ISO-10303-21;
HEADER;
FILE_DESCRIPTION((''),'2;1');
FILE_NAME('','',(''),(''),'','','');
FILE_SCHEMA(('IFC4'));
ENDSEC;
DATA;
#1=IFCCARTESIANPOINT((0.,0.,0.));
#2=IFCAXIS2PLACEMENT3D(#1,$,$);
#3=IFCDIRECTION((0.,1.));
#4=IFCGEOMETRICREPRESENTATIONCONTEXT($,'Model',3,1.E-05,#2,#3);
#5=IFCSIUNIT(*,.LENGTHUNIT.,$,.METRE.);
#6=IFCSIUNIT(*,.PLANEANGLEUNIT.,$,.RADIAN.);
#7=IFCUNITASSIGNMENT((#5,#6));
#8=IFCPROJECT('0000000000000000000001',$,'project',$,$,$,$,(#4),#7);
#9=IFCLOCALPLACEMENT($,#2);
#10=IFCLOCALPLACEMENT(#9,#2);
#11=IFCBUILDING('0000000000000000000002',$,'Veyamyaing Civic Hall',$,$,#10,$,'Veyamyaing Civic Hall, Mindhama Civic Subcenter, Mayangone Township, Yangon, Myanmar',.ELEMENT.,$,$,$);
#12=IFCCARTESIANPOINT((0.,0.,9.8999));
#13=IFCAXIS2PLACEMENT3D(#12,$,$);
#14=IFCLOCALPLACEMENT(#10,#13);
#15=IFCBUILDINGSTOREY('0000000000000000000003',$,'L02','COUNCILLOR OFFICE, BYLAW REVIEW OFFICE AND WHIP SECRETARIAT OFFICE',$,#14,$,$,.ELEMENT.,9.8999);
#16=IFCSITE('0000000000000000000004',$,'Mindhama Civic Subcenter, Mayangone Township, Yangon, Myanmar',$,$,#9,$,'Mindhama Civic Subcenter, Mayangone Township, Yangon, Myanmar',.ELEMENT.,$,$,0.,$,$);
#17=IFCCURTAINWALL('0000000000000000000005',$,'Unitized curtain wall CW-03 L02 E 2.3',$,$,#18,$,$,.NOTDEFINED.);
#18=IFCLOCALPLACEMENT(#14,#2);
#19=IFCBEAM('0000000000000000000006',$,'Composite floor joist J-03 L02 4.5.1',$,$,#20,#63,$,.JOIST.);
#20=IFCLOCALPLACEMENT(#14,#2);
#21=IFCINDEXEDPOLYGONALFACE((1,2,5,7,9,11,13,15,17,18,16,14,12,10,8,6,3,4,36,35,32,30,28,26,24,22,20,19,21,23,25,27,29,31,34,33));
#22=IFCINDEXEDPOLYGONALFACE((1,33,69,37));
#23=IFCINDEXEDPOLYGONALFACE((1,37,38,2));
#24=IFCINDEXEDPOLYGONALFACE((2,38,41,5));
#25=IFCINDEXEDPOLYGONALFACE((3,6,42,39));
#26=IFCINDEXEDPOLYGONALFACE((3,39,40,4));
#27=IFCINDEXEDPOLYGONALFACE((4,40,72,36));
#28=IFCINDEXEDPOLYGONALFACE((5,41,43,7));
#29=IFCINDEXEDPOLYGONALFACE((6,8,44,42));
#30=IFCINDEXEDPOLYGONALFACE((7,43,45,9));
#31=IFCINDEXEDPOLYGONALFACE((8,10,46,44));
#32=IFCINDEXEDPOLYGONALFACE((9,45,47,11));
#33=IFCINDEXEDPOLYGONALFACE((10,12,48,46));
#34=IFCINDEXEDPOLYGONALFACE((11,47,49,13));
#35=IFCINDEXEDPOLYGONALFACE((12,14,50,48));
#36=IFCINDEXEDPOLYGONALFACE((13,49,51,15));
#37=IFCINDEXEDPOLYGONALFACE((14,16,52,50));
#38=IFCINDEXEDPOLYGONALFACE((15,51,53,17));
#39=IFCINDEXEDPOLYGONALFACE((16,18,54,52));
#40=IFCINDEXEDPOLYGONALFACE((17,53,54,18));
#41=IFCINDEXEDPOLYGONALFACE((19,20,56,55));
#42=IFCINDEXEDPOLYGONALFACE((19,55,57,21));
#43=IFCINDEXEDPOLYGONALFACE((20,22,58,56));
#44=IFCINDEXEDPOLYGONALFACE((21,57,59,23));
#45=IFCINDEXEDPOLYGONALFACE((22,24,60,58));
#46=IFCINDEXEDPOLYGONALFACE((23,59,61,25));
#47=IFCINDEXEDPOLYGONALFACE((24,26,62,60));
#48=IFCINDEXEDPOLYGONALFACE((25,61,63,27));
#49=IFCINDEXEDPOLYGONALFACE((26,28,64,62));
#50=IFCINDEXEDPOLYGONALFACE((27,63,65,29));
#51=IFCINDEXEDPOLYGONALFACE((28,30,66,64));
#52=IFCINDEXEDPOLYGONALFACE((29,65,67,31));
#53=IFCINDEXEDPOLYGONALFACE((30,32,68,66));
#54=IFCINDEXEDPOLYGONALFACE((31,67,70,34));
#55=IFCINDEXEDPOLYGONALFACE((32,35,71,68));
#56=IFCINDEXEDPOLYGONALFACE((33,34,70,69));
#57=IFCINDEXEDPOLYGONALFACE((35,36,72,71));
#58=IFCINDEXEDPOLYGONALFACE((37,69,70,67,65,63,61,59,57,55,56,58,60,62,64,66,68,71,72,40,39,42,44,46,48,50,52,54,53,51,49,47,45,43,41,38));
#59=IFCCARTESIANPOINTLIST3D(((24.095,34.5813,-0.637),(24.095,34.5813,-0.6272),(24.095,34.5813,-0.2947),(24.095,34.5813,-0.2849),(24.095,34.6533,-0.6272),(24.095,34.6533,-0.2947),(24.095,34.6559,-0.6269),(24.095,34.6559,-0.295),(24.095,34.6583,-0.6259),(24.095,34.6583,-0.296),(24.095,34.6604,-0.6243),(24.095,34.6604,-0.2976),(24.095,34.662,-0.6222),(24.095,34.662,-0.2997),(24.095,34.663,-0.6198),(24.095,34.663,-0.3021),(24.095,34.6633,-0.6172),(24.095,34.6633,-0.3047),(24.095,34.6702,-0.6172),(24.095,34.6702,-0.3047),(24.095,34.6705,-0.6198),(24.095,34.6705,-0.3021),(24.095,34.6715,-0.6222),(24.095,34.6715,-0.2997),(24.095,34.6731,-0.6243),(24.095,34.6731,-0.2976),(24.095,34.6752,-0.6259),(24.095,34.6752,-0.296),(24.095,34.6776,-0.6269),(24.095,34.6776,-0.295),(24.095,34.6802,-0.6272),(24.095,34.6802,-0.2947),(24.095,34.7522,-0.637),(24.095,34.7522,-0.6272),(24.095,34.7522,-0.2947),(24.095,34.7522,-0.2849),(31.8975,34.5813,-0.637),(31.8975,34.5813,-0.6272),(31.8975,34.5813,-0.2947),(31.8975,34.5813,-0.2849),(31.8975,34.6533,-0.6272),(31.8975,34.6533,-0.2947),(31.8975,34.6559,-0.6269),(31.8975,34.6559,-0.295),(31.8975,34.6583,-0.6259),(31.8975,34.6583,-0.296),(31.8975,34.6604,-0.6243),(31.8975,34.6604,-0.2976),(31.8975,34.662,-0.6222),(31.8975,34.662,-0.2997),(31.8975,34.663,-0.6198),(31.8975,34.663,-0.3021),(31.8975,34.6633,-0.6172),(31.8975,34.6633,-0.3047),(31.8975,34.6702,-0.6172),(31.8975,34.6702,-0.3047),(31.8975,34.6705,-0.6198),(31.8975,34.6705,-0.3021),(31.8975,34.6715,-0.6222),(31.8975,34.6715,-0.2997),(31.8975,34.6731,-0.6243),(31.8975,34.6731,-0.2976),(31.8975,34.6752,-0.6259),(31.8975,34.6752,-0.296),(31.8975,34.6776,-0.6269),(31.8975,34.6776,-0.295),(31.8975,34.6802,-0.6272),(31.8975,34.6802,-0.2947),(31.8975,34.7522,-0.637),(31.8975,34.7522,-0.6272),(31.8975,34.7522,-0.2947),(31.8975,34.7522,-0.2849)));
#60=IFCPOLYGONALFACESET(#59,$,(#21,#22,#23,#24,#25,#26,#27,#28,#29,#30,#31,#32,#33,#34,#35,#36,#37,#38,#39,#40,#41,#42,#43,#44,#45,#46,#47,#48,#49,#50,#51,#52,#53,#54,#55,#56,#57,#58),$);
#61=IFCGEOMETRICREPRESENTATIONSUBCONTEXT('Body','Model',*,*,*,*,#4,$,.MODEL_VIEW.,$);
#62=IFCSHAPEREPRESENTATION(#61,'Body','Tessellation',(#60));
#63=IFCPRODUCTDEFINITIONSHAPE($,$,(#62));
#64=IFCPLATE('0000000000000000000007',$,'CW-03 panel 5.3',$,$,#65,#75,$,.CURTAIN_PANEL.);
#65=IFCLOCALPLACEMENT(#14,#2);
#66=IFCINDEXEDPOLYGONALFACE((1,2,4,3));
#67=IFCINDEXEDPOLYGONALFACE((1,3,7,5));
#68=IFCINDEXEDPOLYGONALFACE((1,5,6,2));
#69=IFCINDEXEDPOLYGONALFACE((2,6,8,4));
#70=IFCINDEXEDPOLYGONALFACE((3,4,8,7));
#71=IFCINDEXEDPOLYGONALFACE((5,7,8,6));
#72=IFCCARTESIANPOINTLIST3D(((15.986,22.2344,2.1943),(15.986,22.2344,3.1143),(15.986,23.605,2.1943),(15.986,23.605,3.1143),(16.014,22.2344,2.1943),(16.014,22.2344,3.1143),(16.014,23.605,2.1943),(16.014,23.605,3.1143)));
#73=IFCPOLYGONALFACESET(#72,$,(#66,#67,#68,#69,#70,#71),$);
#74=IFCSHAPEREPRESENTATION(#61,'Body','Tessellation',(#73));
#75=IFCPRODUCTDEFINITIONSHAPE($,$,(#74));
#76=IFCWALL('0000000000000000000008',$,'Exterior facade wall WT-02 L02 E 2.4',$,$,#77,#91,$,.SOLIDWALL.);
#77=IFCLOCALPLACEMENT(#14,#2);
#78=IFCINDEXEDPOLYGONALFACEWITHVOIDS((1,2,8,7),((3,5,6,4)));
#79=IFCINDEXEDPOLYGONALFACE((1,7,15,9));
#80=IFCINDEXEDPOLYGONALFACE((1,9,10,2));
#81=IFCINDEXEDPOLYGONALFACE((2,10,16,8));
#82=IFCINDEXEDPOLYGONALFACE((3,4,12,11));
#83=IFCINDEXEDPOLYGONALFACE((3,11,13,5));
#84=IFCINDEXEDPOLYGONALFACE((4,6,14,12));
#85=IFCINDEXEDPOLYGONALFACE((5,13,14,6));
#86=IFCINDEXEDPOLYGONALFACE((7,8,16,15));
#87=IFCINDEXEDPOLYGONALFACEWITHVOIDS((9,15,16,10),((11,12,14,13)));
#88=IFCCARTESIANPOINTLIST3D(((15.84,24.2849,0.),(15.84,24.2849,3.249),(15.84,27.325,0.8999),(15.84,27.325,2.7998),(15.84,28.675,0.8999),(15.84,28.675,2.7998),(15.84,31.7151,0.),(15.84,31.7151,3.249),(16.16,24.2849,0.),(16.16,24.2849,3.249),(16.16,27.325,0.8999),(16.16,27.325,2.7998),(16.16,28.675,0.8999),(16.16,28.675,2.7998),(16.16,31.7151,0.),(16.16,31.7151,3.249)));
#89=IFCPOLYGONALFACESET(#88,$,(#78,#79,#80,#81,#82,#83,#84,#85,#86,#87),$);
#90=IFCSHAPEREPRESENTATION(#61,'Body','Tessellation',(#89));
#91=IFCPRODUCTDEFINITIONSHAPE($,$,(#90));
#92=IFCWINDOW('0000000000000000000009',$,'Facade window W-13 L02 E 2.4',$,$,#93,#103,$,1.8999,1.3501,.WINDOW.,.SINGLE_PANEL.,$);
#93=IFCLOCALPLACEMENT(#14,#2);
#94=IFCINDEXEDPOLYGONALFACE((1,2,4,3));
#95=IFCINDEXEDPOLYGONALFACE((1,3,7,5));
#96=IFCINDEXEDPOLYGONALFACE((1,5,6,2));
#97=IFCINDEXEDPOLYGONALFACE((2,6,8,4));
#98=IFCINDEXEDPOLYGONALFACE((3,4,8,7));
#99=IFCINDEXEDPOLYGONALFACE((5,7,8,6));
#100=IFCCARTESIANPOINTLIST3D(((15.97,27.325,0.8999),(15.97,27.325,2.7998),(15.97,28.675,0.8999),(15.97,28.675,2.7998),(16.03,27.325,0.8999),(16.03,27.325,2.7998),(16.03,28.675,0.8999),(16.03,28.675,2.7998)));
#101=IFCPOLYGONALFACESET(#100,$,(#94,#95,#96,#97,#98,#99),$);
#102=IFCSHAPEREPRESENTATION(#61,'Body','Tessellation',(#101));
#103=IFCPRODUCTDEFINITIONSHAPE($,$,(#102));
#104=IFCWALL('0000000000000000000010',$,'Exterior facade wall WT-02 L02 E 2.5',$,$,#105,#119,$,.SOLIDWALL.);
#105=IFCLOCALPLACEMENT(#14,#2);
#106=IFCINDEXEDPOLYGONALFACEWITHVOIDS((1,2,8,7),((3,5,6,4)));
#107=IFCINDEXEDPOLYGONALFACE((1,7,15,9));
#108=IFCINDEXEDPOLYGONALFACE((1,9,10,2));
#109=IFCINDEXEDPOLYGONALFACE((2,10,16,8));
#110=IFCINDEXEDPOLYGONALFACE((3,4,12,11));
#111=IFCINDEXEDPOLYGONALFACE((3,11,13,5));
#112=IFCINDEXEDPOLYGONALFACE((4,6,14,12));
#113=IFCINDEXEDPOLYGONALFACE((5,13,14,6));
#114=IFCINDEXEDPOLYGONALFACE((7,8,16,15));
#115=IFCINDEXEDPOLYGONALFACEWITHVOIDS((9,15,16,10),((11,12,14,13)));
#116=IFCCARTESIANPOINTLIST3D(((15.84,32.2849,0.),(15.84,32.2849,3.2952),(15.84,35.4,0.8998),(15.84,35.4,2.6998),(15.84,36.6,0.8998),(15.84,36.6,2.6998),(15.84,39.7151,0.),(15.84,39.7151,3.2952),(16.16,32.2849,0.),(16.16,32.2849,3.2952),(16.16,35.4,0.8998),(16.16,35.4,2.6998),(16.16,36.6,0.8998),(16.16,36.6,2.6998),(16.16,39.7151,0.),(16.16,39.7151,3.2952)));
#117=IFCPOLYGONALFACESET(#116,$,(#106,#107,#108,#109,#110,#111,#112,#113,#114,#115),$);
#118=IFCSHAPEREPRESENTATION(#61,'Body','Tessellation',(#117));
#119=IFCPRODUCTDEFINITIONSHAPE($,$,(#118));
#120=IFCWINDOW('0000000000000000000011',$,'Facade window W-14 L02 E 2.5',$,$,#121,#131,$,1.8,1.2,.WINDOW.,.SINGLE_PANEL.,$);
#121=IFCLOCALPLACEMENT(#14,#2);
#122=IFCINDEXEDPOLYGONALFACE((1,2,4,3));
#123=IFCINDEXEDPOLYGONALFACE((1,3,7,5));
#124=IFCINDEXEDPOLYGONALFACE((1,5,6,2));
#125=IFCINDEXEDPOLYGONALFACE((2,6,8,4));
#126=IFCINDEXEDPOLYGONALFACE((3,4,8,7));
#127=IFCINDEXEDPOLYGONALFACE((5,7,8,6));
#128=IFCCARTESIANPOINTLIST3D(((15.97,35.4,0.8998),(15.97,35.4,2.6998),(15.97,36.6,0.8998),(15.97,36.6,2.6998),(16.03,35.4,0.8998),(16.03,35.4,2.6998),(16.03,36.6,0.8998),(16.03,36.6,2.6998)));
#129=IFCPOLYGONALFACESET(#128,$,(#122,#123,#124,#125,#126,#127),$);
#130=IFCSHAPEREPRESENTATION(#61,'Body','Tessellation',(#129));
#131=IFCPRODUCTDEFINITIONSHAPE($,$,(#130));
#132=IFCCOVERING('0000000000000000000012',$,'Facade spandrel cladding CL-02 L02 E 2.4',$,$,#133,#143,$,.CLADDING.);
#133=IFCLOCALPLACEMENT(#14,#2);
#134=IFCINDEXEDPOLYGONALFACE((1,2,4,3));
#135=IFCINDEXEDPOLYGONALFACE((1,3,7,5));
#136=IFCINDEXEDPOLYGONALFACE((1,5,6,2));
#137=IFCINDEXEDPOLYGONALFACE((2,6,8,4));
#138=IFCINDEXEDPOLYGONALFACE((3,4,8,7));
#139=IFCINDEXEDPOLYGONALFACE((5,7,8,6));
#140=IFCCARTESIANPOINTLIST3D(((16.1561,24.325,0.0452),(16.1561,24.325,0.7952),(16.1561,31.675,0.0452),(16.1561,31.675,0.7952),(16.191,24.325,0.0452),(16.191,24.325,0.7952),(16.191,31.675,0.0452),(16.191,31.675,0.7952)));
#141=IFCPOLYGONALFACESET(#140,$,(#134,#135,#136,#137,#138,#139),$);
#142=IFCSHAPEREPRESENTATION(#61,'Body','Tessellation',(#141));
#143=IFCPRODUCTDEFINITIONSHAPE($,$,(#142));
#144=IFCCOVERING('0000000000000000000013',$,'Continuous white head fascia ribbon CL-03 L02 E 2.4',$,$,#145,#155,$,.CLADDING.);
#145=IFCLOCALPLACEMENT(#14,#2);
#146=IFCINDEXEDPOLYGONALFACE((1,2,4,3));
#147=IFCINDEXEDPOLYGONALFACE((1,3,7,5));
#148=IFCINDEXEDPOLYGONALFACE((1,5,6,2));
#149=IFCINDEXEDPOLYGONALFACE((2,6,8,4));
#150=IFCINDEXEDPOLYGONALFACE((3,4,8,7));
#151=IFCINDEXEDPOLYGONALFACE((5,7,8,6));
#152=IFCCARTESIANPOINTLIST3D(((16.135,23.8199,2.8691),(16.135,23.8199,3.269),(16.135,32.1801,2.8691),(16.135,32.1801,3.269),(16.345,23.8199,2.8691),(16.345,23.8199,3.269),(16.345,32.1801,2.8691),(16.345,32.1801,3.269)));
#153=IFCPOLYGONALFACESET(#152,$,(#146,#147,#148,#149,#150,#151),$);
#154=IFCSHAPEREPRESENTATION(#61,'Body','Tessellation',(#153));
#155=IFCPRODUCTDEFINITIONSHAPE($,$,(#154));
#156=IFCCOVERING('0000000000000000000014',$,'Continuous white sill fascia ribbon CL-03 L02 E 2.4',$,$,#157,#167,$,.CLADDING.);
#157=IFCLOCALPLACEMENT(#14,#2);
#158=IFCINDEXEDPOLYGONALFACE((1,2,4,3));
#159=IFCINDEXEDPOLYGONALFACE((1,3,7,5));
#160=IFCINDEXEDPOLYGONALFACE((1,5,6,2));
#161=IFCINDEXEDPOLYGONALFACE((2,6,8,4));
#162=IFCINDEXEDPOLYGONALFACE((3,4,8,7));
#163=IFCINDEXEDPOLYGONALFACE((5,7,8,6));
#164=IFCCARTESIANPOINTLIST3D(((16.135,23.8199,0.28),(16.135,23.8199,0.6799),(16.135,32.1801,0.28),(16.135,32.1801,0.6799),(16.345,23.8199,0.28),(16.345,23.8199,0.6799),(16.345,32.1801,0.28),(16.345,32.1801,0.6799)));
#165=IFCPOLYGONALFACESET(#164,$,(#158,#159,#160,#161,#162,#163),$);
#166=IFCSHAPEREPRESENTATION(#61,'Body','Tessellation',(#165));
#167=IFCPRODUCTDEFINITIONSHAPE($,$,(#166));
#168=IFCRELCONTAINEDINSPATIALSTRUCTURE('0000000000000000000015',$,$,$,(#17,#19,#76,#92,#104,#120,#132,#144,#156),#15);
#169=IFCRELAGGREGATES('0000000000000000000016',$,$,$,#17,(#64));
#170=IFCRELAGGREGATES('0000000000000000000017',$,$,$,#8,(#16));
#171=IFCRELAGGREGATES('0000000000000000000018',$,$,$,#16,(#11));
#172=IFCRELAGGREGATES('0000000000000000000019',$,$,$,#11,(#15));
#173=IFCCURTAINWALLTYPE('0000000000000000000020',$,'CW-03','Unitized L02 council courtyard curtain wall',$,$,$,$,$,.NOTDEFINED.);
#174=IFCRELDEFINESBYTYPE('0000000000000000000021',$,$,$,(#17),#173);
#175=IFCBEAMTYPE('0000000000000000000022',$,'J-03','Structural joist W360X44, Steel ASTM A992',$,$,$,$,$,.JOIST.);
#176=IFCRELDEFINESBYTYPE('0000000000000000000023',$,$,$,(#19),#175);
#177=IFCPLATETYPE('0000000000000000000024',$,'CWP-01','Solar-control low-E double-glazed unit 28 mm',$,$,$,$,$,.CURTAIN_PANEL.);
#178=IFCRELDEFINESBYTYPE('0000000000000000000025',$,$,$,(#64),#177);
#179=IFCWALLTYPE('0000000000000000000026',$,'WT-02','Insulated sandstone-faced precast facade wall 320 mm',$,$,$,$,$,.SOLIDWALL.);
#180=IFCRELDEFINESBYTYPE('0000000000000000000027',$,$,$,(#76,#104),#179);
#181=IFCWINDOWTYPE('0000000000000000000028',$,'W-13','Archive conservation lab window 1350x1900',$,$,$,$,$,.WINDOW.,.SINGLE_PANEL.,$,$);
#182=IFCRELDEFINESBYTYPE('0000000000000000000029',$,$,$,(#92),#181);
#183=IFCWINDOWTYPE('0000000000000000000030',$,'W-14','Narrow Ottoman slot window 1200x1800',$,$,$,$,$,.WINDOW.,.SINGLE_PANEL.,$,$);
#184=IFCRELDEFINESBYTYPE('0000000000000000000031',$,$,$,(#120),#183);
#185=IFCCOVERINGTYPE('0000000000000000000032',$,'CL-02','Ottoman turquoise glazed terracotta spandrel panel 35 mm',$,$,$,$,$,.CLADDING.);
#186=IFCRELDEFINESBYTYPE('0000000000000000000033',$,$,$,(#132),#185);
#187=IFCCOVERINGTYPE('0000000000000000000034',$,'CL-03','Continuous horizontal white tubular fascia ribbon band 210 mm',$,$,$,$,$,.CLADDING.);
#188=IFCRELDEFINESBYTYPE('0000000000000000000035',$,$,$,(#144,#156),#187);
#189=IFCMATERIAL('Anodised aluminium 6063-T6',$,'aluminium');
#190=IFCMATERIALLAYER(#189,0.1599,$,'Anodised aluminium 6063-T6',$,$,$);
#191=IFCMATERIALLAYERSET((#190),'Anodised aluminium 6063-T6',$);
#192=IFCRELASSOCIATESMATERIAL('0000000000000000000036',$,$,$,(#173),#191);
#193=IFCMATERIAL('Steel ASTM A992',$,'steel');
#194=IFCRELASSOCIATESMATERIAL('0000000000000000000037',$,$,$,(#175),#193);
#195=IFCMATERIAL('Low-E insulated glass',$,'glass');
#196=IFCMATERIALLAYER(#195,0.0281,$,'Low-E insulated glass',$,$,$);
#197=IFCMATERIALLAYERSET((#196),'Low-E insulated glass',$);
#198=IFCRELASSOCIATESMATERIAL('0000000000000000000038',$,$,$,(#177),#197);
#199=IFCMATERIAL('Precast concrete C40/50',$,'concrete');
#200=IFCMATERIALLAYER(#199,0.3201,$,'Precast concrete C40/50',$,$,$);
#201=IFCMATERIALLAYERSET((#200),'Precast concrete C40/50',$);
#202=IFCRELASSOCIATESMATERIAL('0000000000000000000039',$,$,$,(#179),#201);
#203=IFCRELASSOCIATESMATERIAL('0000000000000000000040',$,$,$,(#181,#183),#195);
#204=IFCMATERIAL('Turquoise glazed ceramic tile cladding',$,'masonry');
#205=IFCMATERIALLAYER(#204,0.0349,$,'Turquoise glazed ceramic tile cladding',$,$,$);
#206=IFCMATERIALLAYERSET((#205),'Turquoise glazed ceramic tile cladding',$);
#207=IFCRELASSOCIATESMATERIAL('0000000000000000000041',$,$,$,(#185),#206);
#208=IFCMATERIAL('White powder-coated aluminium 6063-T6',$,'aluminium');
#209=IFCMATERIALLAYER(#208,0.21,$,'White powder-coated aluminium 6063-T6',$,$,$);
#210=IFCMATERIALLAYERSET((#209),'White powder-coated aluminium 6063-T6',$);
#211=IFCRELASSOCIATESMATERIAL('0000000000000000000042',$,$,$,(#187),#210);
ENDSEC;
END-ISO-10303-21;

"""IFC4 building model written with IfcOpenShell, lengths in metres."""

from ifc_helpers import new_model, si_unit, direction, frame, frame_2d, origin, origin_2d, place, context, subcontext, project, spatial, rectangle, i_section, extrude, material, layer, layer_set, material_profile, profile_set, type_object, element, fill, aggregate, save


model = new_model("IFC4")

# Units and contexts
model_context = context("Model", 3, precision=1e-05, world=origin(), true_north=direction((0.0, 1.0)))
body_context = subcontext(model_context, "Body", "Model", "MODEL_VIEW")
ifc_project = project(units=[si_unit("LENGTHUNIT", "METRE"), si_unit("PLANEANGLEUNIT", "RADIAN")], contexts=[model_context])

# Site, building, storey
site_placement = place(None, origin())
site = spatial("IfcSite", under=ifc_project, at=site_placement, Name="Mindhama Civic Subcenter, Mayangone Township, Yangon, Myanmar", LongName="Mindhama Civic Subcenter, Mayangone Township, Yangon, Myanmar", CompositionType="ELEMENT", RefElevation=0.0)
building_placement = place(site_placement, origin())
building = spatial("IfcBuilding", under=site, at=building_placement, Name="Veyamyaing Civic Hall", LongName="Veyamyaing Civic Hall, Mindhama Civic Subcenter, Mayangone Township, Yangon, Myanmar", CompositionType="ELEMENT")
storey_placement = place(building_placement, frame((0.0, 0.0, 9.8999)))
storey = spatial("IfcBuildingStorey", under=building, at=storey_placement, Name="L02", Description="COUNCILLOR OFFICE, BYLAW REVIEW OFFICE AND WHIP SECRETARIAT OFFICE", CompositionType="ELEMENT", Elevation=9.8999)

# Shared definitions
ifc_material_1 = material(Name="Steel ASTM A992", Category="steel")

# Curtain wall
ifc_material_2 = material(Name="Anodised aluminium 6063-T6", Category="aluminium")
ifc_layer_1 = layer(ifc_material_2, 0.1599, Name="Anodised aluminium 6063-T6")
ifc_layer_set_1 = layer_set([ifc_layer_1], Name="Anodised aluminium 6063-T6")
curtain_wall_type = type_object("IfcCurtainWallType", Name="CW-03", Description="Unitized L02 council courtyard curtain wall", PredefinedType="NOTDEFINED", material=ifc_layer_set_1)
curtain_wall_placement = place(storey_placement, origin())
curtain_wall = element("IfcCurtainWall", 1, at=curtain_wall_placement, inside=storey, type_object=curtain_wall_type, Name="Unitized curtain wall CW-03 L02 E 2.3", PredefinedType="NOTDEFINED")

# Beam
ifc_material_profile_1 = material_profile(ifc_material_1, i_section(OverallWidth=0.1709, OverallDepth=0.3521, WebThickness=0.0068, FlangeThickness=0.0098, FilletRadius=0.01, at=origin_2d()), Name="W360X44")
ifc_profile_set_1 = profile_set([ifc_material_profile_1], Name="Steel ASTM A992")
beam_type_1 = type_object("IfcBeamType", Name="J-03", Description="Structural joist W360X44, Steel ASTM A992", PredefinedType="JOIST", material=ifc_profile_set_1)
beam_1_placement = place(storey_placement, frame((24.095, 34.6667, -0.4609), z_axis=(1.0, 0.0, 0.0), x_axis=(0.0, 1.0, 0.0)))
element("IfcBeam", 2, at=beam_1_placement, inside=storey, type_object=beam_type_1, Name="Composite floor joist J-03 L02 4.5.1", PredefinedType="JOIST", context=body_context, shape_type="SweptSolid", body=[
    extrude(i_section(OverallWidth=0.1709, OverallDepth=0.3521, WebThickness=0.0068, FlangeThickness=0.0098, FilletRadius=0.01, at=origin_2d()), origin(), (0.0, 0.0, 1.0), 7.8025),
])

# Plate
ifc_material_3 = material(Name="Low-E insulated glass", Category="glass")
ifc_layer_2 = layer(ifc_material_3, 0.0281, Name="Low-E insulated glass")
ifc_layer_set_2 = layer_set([ifc_layer_2], Name="Low-E insulated glass")
plate_type = type_object("IfcPlateType", Name="CWP-01", Description="Solar-control low-E double-glazed unit 28 mm", PredefinedType="CURTAIN_PANEL", material=ifc_layer_set_2)
plate_placement = place(storey_placement, frame((16.0, 22.9197, 2.1943), z_axis=(0.0, 0.0, 1.0), x_axis=(0.0, 1.0, 0.0)))
plate = element("IfcPlate", 3, at=plate_placement, type_object=plate_type, Name="CW-03 panel 5.3", PredefinedType="CURTAIN_PANEL", context=body_context, shape_type="SweptSolid", body=[
    extrude(rectangle(XDim=1.3706, YDim=0.0281, at=origin_2d()), origin(), (0.0, 0.0, 1.0), 0.9199),
])
aggregate(curtain_wall, [plate])

# Walls, openings, windows
ifc_material_4 = material(Name="Precast concrete C40/50", Category="concrete")
ifc_layer_3 = layer(ifc_material_4, 0.3201, Name="Precast concrete C40/50")
ifc_layer_set_3 = layer_set([ifc_layer_3], Name="Precast concrete C40/50")
wall_type = type_object("IfcWallType", Name="WT-02", Description="Insulated sandstone-faced precast facade wall 320 mm", PredefinedType="SOLIDWALL", material=ifc_layer_set_3)
wall_1_placement = place(storey_placement, frame((16.0, 24.2849, 0.0), z_axis=(0.0, 0.0, 1.0), x_axis=(0.0, 1.0, 0.0)))
wall_1 = element("IfcWall", 4, at=wall_1_placement, inside=storey, type_object=wall_type, Name="Exterior facade wall WT-02 L02 E 2.4", PredefinedType="SOLIDWALL", context=body_context, shape_type="SweptSolid", body=[
    extrude(rectangle(XDim=7.4302, YDim=0.3201, at=frame_2d((3.7151, 0.0))), origin(), (0.0, 0.0, 1.0), 3.249),
])
opening_1_placement = place(wall_1_placement, frame((3.04, 0.0, 0.8999)))
opening_1 = element("IfcOpeningElement", 5, at=opening_1_placement, cuts=wall_1, PredefinedType="OPENING", context=body_context, shape_type="SweptSolid", body=[
    extrude(rectangle(XDim=1.3501, YDim=1.8999, at=frame_2d((0.675, 0.95))), frame((0.0, 0.1699, 0.0), z_axis=(0.0, -1.0, 0.0), x_axis=(1.0, 0.0, 0.0)), (0.0, 0.0, 1.0), 0.3401),
])
window_type_1 = type_object("IfcWindowType", Name="W-13", Description="Archive conservation lab window 1350x1900", PartitioningType="SINGLE_PANEL", PredefinedType="WINDOW", material=ifc_material_3)
window_1_placement = place(opening_1_placement, origin())
window_1 = element("IfcWindow", 6, at=window_1_placement, inside=storey, type_object=window_type_1, Name="Facade window W-13 L02 E 2.4", OverallHeight=1.8999, OverallWidth=1.3501, PartitioningType="SINGLE_PANEL", PredefinedType="WINDOW", context=body_context, shape_type="SweptSolid", body=[
    extrude(rectangle(XDim=1.3501, YDim=1.8999, at=frame_2d((0.675, 0.95))), frame((0.0, 0.03, 0.0), z_axis=(0.0, -1.0, 0.0), x_axis=(1.0, 0.0, 0.0)), (0.0, 0.0, 1.0), 0.0601),
])
fill(opening_1, window_1)
wall_2_placement = place(storey_placement, frame((16.0, 32.2849, 0.0), z_axis=(0.0, 0.0, 1.0), x_axis=(0.0, 1.0, 0.0)))
wall_2 = element("IfcWall", 7, at=wall_2_placement, inside=storey, type_object=wall_type, Name="Exterior facade wall WT-02 L02 E 2.5", PredefinedType="SOLIDWALL", context=body_context, shape_type="SweptSolid", body=[
    extrude(rectangle(XDim=7.4302, YDim=0.3201, at=frame_2d((3.7151, 0.0))), origin(), (0.0, 0.0, 1.0), 3.2952),
])
opening_2_placement = place(wall_2_placement, frame((3.115, 0.0, 0.8999)))
opening_2 = element("IfcOpeningElement", 8, at=opening_2_placement, cuts=wall_2, PredefinedType="OPENING", context=body_context, shape_type="SweptSolid", body=[
    extrude(rectangle(XDim=1.2, YDim=1.8, at=frame_2d((0.6001, 0.8999))), frame((0.0, 0.1699, 0.0), z_axis=(0.0, -1.0, 0.0), x_axis=(1.0, 0.0, 0.0)), (0.0, 0.0, 1.0), 0.3401),
])
window_type_2 = type_object("IfcWindowType", Name="W-14", Description="Narrow Ottoman slot window 1200x1800", PartitioningType="SINGLE_PANEL", PredefinedType="WINDOW", material=ifc_material_3)
window_2_placement = place(opening_2_placement, origin())
window_2 = element("IfcWindow", 9, at=window_2_placement, inside=storey, type_object=window_type_2, Name="Facade window W-14 L02 E 2.5", OverallHeight=1.8, OverallWidth=1.2, PartitioningType="SINGLE_PANEL", PredefinedType="WINDOW", context=body_context, shape_type="SweptSolid", body=[
    extrude(rectangle(XDim=1.2, YDim=1.8, at=frame_2d((0.6001, 0.8999))), frame((0.0, 0.03, 0.0), z_axis=(0.0, -1.0, 0.0), x_axis=(1.0, 0.0, 0.0)), (0.0, 0.0, 1.0), 0.0601),
])
fill(opening_2, window_2)

# Coverings
ifc_material_5 = material(Name="Turquoise glazed ceramic tile cladding", Category="masonry")
ifc_layer_4 = layer(ifc_material_5, 0.0349, Name="Turquoise glazed ceramic tile cladding")
ifc_layer_set_4 = layer_set([ifc_layer_4], Name="Turquoise glazed ceramic tile cladding")
covering_type_1 = type_object("IfcCoveringType", Name="CL-02", Description="Ottoman turquoise glazed terracotta spandrel panel 35 mm", PredefinedType="CLADDING", material=ifc_layer_set_4)
covering_placement = place(storey_placement, frame((16.1736, 28.0, 0.0452), z_axis=(0.0, 0.0, 1.0), x_axis=(0.0, 1.0, 0.0)))
element("IfcCovering", 10, at=covering_placement, inside=storey, type_object=covering_type_1, Name="Facade spandrel cladding CL-02 L02 E 2.4", PredefinedType="CLADDING", context=body_context, shape_type="SweptSolid", body=[
    extrude(rectangle(XDim=7.3501, YDim=0.0349, at=origin_2d()), origin(), (0.0, 0.0, 1.0), 0.75),
])
ifc_material_6 = material(Name="White powder-coated aluminium 6063-T6", Category="aluminium")
ifc_layer_5 = layer(ifc_material_6, 0.21, Name="White powder-coated aluminium 6063-T6")
ifc_layer_set_5 = layer_set([ifc_layer_5], Name="White powder-coated aluminium 6063-T6")
covering_type_2 = type_object("IfcCoveringType", Name="CL-03", Description="Continuous horizontal white tubular fascia ribbon band 210 mm", PredefinedType="CLADDING", material=ifc_layer_set_5)
for number, where, z_axis, x_axis, name in (
    (11, (16.24, 28.0, 2.8691), (0.0, 0.0, 1.0), (0.0, 1.0, 0.0), "Continuous white head fascia ribbon CL-03 L02 E 2.4"),
    (12, (16.24, 28.0, 0.28), (0.0, 0.0, 1.0), (0.0, 1.0, 0.0), "Continuous white sill fascia ribbon CL-03 L02 E 2.4"),
):
    element("IfcCovering", number, at=place(storey_placement, frame(where, z_axis=z_axis, x_axis=x_axis)), inside=storey, type_object=covering_type_2, Name=name, PredefinedType="CLADDING", context=body_context, shape_type="SweptSolid", body=[
        extrude(rectangle(XDim=8.3601, YDim=0.21, at=origin_2d()), origin(), (0.0, 0.0, 1.0), 0.3999),
    ])

save(model, "model.ifc")
